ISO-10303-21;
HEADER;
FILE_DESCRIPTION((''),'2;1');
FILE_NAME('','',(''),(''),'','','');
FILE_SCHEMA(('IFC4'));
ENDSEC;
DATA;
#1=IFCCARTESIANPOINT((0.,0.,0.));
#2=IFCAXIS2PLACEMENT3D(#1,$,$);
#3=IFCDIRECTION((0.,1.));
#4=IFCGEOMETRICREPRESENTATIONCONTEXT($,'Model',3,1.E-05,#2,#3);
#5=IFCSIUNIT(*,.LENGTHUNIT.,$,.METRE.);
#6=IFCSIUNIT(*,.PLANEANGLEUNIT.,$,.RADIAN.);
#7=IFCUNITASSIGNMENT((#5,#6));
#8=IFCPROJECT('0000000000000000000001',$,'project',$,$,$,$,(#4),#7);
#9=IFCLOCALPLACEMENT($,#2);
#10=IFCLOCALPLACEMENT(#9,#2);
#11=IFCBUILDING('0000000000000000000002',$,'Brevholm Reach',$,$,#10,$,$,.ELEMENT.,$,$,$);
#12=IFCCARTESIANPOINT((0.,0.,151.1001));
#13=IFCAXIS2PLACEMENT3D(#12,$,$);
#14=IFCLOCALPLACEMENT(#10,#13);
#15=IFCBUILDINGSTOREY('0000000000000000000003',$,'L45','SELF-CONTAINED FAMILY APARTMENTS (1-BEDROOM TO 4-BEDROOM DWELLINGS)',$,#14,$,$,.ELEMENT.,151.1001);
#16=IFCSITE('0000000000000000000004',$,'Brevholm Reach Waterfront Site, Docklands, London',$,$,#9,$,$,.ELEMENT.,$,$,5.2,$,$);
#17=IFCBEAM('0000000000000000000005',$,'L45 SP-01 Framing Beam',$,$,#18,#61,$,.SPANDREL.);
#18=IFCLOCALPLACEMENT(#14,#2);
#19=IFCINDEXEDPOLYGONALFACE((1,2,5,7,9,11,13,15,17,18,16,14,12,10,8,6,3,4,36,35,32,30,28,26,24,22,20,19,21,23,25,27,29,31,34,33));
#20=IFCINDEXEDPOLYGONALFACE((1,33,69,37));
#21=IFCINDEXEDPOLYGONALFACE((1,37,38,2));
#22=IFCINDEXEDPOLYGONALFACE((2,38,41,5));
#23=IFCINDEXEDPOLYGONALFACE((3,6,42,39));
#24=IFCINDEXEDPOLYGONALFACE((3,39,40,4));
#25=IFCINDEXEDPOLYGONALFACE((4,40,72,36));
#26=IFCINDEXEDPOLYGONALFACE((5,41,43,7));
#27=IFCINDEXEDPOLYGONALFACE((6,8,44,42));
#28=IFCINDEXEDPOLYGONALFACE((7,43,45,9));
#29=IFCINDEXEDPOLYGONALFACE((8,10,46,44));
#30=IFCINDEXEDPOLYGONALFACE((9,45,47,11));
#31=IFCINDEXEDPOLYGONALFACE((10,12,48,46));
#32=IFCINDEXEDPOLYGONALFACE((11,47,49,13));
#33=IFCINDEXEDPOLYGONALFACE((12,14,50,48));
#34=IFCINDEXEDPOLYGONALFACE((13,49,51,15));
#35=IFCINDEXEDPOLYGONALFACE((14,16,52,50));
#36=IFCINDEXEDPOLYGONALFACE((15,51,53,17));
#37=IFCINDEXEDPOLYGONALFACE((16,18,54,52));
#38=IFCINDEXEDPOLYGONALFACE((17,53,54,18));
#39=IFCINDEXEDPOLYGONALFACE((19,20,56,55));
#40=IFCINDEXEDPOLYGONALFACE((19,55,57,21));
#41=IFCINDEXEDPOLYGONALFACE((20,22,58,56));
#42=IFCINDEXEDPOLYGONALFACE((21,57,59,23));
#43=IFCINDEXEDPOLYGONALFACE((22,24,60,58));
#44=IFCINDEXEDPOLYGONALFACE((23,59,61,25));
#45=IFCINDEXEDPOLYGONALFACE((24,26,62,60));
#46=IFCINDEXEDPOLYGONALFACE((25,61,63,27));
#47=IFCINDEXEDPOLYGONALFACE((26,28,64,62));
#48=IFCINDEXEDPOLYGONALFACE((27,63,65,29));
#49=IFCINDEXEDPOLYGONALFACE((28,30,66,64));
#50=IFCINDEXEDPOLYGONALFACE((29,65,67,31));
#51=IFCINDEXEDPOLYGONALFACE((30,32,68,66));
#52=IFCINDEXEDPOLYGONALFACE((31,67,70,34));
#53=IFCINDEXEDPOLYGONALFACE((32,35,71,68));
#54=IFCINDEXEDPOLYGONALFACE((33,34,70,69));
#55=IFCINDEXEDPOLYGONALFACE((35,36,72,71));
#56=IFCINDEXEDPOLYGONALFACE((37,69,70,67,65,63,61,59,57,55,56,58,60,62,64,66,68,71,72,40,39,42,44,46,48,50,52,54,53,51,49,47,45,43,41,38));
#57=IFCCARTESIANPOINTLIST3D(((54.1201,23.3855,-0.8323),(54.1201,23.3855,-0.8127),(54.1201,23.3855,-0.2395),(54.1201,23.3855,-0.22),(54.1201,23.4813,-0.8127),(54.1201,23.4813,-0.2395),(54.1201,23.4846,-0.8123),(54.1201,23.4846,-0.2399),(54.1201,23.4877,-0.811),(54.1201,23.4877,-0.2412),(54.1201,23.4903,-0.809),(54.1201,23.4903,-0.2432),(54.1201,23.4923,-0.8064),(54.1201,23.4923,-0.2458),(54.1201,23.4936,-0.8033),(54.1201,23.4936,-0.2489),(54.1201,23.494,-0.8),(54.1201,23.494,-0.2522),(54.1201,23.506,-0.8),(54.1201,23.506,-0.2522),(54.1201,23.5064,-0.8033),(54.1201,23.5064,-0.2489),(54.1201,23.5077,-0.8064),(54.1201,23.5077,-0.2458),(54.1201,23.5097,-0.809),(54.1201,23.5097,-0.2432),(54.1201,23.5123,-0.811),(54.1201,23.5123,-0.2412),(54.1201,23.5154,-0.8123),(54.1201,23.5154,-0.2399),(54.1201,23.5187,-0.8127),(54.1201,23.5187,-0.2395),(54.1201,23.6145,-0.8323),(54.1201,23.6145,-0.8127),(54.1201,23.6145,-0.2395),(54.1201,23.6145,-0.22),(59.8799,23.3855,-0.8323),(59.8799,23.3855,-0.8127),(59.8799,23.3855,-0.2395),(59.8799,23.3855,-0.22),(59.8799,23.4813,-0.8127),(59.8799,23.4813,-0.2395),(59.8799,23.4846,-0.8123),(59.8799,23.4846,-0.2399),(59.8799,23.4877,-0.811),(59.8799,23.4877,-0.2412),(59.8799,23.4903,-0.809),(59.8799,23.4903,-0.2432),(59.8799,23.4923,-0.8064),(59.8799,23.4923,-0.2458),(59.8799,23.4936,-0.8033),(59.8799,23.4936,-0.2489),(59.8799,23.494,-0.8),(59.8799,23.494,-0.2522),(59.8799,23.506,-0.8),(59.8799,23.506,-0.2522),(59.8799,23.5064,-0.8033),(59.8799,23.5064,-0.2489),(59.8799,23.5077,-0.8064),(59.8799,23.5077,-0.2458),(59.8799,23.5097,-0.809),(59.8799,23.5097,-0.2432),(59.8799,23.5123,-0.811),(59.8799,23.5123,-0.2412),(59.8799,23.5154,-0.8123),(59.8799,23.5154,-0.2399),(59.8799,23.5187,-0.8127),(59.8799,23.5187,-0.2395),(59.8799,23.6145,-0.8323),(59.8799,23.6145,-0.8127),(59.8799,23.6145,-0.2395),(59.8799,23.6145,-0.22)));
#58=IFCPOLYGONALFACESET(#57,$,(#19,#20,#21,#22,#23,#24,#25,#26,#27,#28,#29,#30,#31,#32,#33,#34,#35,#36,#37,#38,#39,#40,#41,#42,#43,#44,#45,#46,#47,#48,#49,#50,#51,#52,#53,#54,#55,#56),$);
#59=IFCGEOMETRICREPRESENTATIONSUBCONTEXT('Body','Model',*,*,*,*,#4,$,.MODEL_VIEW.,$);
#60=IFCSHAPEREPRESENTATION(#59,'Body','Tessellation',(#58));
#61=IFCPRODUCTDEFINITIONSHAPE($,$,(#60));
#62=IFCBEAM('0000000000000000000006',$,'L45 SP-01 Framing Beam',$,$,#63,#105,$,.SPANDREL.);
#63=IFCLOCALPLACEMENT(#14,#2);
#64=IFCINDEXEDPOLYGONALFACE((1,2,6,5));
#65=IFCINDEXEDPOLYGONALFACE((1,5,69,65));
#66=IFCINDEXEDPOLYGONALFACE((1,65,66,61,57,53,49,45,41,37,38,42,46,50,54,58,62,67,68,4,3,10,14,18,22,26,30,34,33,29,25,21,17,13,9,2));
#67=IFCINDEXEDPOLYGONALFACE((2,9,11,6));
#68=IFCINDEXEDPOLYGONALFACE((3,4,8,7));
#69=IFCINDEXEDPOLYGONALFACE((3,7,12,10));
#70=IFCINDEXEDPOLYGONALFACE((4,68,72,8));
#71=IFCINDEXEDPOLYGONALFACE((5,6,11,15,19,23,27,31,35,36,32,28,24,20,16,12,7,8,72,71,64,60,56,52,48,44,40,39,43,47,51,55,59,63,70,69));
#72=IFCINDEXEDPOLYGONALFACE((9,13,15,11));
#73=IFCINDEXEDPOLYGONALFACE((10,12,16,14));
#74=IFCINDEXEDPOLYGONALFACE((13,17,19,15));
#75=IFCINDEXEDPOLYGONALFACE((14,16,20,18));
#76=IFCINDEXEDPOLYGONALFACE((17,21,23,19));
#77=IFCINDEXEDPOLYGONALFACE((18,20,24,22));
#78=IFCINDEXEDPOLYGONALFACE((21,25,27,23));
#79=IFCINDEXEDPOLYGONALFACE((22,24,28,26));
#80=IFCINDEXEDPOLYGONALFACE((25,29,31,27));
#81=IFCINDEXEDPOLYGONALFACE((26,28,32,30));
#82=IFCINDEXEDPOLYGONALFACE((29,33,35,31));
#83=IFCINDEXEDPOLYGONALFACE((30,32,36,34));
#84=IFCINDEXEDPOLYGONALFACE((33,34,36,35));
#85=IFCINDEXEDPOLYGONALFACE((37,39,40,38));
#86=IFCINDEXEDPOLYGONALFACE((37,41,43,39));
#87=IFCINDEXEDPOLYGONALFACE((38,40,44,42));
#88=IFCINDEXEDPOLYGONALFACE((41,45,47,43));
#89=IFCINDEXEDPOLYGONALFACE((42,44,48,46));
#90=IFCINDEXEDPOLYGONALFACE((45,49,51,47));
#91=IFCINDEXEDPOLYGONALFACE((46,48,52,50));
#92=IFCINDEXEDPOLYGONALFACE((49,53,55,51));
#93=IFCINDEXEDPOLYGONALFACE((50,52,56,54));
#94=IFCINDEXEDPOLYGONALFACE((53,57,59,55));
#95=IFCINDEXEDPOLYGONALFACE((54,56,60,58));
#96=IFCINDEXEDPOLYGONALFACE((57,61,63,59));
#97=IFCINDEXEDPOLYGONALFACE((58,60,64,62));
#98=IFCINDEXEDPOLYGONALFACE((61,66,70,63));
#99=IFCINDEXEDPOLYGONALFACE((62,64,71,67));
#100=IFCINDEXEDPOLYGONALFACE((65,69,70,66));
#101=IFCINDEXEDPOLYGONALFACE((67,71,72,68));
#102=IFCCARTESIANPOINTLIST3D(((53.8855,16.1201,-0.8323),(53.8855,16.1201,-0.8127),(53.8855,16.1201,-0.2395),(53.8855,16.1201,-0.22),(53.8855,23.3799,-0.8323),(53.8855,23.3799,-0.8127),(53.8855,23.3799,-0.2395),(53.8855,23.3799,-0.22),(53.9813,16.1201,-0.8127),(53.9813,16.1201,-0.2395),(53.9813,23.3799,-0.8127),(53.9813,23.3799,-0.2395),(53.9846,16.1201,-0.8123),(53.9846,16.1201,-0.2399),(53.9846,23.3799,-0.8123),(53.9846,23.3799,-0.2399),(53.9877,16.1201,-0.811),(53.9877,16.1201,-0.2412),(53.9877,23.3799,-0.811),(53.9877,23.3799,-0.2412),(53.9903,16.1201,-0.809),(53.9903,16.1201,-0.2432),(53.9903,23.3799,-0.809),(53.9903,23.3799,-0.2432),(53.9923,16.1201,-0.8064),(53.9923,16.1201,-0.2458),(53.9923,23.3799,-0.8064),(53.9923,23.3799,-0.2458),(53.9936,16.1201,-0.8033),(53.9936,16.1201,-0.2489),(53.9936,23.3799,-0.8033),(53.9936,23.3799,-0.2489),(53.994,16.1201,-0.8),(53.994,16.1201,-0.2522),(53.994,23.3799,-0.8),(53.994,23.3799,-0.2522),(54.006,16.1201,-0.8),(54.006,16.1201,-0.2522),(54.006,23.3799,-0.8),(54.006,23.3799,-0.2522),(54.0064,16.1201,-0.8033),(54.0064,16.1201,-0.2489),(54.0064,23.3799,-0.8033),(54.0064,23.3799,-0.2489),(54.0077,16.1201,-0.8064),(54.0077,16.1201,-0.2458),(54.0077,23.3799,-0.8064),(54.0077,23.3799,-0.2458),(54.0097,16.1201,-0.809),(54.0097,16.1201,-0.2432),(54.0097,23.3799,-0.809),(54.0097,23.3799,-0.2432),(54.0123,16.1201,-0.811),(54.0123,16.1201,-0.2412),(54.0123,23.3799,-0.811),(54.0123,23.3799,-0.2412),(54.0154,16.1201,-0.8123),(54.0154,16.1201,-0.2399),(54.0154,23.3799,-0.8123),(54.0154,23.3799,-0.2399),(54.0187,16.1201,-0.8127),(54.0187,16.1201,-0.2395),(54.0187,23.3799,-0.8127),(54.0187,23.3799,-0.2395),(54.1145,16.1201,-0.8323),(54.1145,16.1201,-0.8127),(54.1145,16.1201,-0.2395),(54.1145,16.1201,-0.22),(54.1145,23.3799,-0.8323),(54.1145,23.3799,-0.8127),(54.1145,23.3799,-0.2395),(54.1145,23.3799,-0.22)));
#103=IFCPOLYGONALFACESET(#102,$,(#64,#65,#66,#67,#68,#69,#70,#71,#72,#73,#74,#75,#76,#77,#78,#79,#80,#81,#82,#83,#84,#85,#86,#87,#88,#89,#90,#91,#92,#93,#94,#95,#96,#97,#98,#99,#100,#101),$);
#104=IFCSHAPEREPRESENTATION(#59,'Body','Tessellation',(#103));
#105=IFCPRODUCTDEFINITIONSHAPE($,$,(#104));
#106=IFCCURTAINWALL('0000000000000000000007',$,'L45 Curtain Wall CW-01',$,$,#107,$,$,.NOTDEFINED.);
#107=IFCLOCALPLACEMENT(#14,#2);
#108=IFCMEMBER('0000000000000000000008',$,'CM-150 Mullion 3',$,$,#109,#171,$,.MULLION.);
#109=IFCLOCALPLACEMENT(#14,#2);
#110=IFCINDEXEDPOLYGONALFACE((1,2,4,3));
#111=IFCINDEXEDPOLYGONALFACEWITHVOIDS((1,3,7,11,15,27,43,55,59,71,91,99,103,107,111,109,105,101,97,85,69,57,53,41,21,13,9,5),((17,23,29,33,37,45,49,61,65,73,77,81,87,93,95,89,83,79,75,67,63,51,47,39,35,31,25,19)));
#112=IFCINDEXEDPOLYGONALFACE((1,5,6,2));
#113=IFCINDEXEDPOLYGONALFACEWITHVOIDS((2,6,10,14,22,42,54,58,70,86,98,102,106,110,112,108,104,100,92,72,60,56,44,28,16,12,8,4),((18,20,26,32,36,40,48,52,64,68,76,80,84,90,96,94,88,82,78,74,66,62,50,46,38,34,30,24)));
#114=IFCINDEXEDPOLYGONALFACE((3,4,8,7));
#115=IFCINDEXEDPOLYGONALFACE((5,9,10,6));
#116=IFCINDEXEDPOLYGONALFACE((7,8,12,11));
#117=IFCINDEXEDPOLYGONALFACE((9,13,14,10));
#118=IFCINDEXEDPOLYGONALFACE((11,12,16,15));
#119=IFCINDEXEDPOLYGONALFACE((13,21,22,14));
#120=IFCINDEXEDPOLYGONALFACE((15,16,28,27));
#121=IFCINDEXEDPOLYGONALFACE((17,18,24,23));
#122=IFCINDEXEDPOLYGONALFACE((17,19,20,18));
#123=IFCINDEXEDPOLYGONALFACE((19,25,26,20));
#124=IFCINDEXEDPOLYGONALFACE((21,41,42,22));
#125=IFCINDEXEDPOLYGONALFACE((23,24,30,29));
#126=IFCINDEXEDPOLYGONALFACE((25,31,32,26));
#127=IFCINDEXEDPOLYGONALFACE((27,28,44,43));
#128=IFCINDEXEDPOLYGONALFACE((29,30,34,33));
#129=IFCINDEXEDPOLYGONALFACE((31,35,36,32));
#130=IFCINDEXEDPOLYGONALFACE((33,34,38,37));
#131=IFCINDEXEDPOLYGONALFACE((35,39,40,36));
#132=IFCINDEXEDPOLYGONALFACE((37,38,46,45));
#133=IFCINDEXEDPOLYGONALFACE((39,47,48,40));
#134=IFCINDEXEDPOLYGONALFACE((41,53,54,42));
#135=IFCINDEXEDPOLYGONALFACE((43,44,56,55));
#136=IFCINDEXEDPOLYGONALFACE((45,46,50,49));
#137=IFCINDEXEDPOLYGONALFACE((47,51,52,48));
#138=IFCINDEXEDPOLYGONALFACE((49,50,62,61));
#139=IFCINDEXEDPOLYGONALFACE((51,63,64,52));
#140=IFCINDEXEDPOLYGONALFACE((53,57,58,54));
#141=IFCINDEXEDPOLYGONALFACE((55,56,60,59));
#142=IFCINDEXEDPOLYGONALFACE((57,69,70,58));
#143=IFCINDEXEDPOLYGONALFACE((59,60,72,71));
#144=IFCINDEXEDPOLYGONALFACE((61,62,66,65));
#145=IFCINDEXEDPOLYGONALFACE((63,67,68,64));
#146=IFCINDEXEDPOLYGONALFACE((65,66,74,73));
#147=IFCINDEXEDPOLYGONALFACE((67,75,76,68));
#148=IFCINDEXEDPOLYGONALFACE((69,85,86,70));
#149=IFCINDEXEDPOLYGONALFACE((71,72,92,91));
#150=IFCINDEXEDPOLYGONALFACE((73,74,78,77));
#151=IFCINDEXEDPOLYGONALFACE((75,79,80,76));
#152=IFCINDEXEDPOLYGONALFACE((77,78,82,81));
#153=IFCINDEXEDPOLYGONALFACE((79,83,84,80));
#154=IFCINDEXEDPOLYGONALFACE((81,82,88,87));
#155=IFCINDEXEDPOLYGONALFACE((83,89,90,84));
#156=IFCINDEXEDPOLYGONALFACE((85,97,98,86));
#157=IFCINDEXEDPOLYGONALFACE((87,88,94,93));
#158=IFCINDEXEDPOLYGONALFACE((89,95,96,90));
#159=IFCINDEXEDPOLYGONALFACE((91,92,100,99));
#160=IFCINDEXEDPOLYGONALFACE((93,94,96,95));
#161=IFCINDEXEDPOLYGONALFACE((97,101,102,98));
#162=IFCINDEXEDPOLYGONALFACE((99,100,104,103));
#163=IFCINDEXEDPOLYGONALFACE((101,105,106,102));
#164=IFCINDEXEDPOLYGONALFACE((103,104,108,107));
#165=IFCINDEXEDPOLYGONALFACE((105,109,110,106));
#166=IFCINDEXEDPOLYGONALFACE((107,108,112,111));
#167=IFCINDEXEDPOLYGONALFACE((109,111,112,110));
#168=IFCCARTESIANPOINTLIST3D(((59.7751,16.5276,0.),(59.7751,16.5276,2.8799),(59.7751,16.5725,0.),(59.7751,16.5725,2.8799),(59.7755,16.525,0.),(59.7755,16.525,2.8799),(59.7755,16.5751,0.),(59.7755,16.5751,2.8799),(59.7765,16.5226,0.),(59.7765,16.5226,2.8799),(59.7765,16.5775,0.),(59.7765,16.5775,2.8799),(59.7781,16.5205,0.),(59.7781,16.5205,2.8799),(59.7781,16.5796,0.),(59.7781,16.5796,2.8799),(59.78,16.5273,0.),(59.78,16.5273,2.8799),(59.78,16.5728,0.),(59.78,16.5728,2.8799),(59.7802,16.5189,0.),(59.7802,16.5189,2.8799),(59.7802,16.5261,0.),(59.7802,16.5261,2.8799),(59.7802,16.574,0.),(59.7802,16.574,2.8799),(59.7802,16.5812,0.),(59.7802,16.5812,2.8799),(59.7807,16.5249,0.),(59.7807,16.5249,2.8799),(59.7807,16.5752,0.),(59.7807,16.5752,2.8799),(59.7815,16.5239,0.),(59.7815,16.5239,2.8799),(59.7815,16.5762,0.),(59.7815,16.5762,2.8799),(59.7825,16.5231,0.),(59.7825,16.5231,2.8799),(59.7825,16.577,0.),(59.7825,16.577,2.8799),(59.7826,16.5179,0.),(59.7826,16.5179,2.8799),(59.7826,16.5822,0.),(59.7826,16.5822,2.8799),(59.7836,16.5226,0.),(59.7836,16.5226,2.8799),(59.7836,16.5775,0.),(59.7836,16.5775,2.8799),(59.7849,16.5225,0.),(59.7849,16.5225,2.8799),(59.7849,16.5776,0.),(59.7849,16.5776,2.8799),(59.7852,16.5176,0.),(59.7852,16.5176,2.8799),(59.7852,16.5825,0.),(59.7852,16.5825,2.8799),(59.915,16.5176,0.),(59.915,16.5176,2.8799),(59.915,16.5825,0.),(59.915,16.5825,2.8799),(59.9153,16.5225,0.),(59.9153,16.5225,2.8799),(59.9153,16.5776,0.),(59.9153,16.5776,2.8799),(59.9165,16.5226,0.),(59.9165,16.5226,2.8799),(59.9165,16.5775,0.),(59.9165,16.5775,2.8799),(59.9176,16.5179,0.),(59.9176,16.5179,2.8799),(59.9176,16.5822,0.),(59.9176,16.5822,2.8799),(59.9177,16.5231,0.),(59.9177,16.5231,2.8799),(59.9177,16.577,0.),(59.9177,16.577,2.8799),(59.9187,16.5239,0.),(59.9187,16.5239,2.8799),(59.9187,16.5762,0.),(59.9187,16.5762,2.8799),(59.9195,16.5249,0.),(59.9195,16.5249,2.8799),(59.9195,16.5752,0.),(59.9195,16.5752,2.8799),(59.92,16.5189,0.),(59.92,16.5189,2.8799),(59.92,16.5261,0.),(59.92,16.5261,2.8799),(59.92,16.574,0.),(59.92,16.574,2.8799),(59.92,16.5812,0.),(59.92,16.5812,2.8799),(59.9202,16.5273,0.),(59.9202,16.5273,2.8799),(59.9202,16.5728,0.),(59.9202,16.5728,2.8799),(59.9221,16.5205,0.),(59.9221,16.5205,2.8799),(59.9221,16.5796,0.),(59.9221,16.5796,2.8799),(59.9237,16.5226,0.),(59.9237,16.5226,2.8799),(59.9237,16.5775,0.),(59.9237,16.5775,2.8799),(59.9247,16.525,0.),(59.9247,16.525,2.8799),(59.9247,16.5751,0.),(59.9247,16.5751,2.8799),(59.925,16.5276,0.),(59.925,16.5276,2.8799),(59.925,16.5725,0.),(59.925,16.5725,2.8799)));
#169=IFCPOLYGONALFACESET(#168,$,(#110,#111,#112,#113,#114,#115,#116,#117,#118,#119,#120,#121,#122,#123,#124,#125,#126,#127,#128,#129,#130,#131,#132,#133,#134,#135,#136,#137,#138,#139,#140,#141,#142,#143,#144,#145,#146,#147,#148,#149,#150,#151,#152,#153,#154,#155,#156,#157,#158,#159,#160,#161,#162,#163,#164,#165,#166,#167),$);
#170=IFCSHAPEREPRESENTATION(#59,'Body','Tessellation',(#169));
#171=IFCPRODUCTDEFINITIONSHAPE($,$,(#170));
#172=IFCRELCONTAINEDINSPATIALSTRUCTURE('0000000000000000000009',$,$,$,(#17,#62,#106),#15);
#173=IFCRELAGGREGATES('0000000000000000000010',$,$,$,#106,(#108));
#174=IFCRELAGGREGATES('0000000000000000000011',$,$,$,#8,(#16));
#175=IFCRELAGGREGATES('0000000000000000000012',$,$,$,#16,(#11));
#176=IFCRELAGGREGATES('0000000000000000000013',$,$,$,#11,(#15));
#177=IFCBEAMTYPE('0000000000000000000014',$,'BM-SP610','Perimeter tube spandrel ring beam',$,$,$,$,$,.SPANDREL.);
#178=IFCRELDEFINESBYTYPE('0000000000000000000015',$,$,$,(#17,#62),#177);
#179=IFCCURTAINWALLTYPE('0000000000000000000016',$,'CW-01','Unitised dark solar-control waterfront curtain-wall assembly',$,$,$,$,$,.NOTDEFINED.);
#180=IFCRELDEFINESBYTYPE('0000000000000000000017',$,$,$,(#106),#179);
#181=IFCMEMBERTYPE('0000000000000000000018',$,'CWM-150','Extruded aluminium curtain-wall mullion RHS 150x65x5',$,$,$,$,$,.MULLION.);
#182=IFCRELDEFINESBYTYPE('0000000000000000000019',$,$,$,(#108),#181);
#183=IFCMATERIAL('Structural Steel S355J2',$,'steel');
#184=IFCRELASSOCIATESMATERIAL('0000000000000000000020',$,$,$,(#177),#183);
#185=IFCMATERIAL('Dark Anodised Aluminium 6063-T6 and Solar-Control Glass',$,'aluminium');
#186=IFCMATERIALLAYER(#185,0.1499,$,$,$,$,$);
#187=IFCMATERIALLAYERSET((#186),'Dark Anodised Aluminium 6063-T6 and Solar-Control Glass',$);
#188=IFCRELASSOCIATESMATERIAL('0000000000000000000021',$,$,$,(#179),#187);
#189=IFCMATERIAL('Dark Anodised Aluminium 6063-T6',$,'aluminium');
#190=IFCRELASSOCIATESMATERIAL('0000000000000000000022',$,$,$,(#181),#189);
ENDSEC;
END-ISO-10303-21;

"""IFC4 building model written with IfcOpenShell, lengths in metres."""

from ifc_helpers import new_model, si_unit, direction, frame, origin, origin_2d, place, context, subcontext, project, spatial, hollow_rectangle, i_section, extrude, material, layer, layer_set, material_profile, profile_set, type_object, element, aggregate, save


model = new_model("IFC4")

# Units and contexts
model_context = context("Model", 3, precision=1e-05, world=origin(), true_north=direction((0.0, 1.0)))
body_context = subcontext(model_context, "Body", "Model", "MODEL_VIEW")
ifc_project = project(units=[si_unit("LENGTHUNIT", "METRE"), si_unit("PLANEANGLEUNIT", "RADIAN")], contexts=[model_context])

# Site, building, storey
site_placement = place(None, origin())
site = spatial("IfcSite", under=ifc_project, at=site_placement, Name="Brevholm Reach Waterfront Site, Docklands, London", CompositionType="ELEMENT", RefElevation=5.2)
building_placement = place(site_placement, origin())
building = spatial("IfcBuilding", under=site, at=building_placement, Name="Brevholm Reach", CompositionType="ELEMENT")
storey_placement = place(building_placement, frame((0.0, 0.0, 151.1001)))
storey = spatial("IfcBuildingStorey", under=building, at=storey_placement, Name="L45", Description="SELF-CONTAINED FAMILY APARTMENTS (1-BEDROOM TO 4-BEDROOM DWELLINGS)", CompositionType="ELEMENT", Elevation=151.1001)

# Beams
ifc_material_1 = material(Name="Structural Steel S355J2", Category="steel")
ifc_material_profile_1 = material_profile(ifc_material_1, i_section(OverallWidth=0.229, OverallDepth=0.6123, WebThickness=0.012, FlangeThickness=0.0195, FilletRadius=0.0127, at=origin_2d()), Name="UKB 610x229x125")
ifc_profile_set_1 = profile_set([ifc_material_profile_1], Name="Structural Steel S355J2")
beam_type_1 = type_object("IfcBeamType", Name="BM-SP610", Description="Perimeter tube spandrel ring beam", PredefinedType="SPANDREL", material=ifc_profile_set_1)
for number, where, z_axis, x_axis, name in (
    (1, (54.1201, 23.5, -0.5261), (1.0, 0.0, 0.0), (0.0, 1.0, 0.0), "L45 SP-01 Framing Beam"),
):
    element("IfcBeam", number, at=place(storey_placement, frame(where, z_axis=z_axis, x_axis=x_axis)), inside=storey, type_object=beam_type_1, Name=name, PredefinedType="SPANDREL", context=body_context, shape_type="SweptSolid", body=[
        extrude(i_section(OverallWidth=0.229, OverallDepth=0.6123, WebThickness=0.012, FlangeThickness=0.0195, FilletRadius=0.0127, at=origin_2d()), origin(), (0.0, 0.0, 1.0), 5.7598),
    ])
beam_1_placement = place(storey_placement, frame((54.0, 16.1201, -0.5261), z_axis=(0.0, 1.0, 0.0), x_axis=(-1.0, 0.0, 0.0)))
element("IfcBeam", 2, at=beam_1_placement, inside=storey, type_object=beam_type_1, Name="L45 SP-01 Framing Beam", PredefinedType="SPANDREL", context=body_context, shape_type="SweptSolid", body=[
    extrude(i_section(OverallWidth=0.229, OverallDepth=0.6123, WebThickness=0.012, FlangeThickness=0.0195, FilletRadius=0.0127, at=origin_2d()), origin(), (0.0, 0.0, 1.0), 7.2598),
])

# Curtain wall, member
ifc_material_2 = material(Name="Dark Anodised Aluminium 6063-T6 and Solar-Control Glass", Category="aluminium")
ifc_layer_1 = layer(ifc_material_2, 0.1499)
ifc_layer_set_1 = layer_set([ifc_layer_1], Name="Dark Anodised Aluminium 6063-T6 and Solar-Control Glass")
curtain_wall_type = type_object("IfcCurtainWallType", Name="CW-01", Description="Unitised dark solar-control waterfront curtain-wall assembly", PredefinedType="NOTDEFINED", material=ifc_layer_set_1)
curtain_wall_placement = place(storey_placement, origin())
curtain_wall = element("IfcCurtainWall", 3, at=curtain_wall_placement, inside=storey, type_object=curtain_wall_type, Name="L45 Curtain Wall CW-01", PredefinedType="NOTDEFINED")
ifc_material_3 = material(Name="Dark Anodised Aluminium 6063-T6", Category="aluminium")
ifc_material_profile_2 = material_profile(ifc_material_3, hollow_rectangle(XDim=0.0649, YDim=0.1499, WallThickness=0.0049, InnerFilletRadius=0.0049, OuterFilletRadius=0.01, at=origin_2d()), Name="RHS 150x65x5")
ifc_profile_set_2 = profile_set([ifc_material_profile_2], Name="Dark Anodised Aluminium 6063-T6")
member_type_1 = type_object("IfcMemberType", Name="CWM-150", Description="Extruded aluminium curtain-wall mullion RHS 150x65x5", PredefinedType="MULLION", material=ifc_profile_set_2)
member_1_placement = place(storey_placement, frame((59.8501, 16.55, 0.0), z_axis=(0.0, 0.0, 1.0), x_axis=(0.0, 1.0, 0.0)))
member_1 = element("IfcMember", 4, at=member_1_placement, type_object=member_type_1, Name="CM-150 Mullion 3", PredefinedType="MULLION", context=body_context, shape_type="SweptSolid", body=[
    extrude(hollow_rectangle(XDim=0.0649, YDim=0.1499, WallThickness=0.0049, InnerFilletRadius=0.0049, OuterFilletRadius=0.01, at=origin_2d()), origin(), (0.0, 0.0, 1.0), 2.8799),
])
aggregate(curtain_wall, [member_1])

save(model, "model.ifc")
